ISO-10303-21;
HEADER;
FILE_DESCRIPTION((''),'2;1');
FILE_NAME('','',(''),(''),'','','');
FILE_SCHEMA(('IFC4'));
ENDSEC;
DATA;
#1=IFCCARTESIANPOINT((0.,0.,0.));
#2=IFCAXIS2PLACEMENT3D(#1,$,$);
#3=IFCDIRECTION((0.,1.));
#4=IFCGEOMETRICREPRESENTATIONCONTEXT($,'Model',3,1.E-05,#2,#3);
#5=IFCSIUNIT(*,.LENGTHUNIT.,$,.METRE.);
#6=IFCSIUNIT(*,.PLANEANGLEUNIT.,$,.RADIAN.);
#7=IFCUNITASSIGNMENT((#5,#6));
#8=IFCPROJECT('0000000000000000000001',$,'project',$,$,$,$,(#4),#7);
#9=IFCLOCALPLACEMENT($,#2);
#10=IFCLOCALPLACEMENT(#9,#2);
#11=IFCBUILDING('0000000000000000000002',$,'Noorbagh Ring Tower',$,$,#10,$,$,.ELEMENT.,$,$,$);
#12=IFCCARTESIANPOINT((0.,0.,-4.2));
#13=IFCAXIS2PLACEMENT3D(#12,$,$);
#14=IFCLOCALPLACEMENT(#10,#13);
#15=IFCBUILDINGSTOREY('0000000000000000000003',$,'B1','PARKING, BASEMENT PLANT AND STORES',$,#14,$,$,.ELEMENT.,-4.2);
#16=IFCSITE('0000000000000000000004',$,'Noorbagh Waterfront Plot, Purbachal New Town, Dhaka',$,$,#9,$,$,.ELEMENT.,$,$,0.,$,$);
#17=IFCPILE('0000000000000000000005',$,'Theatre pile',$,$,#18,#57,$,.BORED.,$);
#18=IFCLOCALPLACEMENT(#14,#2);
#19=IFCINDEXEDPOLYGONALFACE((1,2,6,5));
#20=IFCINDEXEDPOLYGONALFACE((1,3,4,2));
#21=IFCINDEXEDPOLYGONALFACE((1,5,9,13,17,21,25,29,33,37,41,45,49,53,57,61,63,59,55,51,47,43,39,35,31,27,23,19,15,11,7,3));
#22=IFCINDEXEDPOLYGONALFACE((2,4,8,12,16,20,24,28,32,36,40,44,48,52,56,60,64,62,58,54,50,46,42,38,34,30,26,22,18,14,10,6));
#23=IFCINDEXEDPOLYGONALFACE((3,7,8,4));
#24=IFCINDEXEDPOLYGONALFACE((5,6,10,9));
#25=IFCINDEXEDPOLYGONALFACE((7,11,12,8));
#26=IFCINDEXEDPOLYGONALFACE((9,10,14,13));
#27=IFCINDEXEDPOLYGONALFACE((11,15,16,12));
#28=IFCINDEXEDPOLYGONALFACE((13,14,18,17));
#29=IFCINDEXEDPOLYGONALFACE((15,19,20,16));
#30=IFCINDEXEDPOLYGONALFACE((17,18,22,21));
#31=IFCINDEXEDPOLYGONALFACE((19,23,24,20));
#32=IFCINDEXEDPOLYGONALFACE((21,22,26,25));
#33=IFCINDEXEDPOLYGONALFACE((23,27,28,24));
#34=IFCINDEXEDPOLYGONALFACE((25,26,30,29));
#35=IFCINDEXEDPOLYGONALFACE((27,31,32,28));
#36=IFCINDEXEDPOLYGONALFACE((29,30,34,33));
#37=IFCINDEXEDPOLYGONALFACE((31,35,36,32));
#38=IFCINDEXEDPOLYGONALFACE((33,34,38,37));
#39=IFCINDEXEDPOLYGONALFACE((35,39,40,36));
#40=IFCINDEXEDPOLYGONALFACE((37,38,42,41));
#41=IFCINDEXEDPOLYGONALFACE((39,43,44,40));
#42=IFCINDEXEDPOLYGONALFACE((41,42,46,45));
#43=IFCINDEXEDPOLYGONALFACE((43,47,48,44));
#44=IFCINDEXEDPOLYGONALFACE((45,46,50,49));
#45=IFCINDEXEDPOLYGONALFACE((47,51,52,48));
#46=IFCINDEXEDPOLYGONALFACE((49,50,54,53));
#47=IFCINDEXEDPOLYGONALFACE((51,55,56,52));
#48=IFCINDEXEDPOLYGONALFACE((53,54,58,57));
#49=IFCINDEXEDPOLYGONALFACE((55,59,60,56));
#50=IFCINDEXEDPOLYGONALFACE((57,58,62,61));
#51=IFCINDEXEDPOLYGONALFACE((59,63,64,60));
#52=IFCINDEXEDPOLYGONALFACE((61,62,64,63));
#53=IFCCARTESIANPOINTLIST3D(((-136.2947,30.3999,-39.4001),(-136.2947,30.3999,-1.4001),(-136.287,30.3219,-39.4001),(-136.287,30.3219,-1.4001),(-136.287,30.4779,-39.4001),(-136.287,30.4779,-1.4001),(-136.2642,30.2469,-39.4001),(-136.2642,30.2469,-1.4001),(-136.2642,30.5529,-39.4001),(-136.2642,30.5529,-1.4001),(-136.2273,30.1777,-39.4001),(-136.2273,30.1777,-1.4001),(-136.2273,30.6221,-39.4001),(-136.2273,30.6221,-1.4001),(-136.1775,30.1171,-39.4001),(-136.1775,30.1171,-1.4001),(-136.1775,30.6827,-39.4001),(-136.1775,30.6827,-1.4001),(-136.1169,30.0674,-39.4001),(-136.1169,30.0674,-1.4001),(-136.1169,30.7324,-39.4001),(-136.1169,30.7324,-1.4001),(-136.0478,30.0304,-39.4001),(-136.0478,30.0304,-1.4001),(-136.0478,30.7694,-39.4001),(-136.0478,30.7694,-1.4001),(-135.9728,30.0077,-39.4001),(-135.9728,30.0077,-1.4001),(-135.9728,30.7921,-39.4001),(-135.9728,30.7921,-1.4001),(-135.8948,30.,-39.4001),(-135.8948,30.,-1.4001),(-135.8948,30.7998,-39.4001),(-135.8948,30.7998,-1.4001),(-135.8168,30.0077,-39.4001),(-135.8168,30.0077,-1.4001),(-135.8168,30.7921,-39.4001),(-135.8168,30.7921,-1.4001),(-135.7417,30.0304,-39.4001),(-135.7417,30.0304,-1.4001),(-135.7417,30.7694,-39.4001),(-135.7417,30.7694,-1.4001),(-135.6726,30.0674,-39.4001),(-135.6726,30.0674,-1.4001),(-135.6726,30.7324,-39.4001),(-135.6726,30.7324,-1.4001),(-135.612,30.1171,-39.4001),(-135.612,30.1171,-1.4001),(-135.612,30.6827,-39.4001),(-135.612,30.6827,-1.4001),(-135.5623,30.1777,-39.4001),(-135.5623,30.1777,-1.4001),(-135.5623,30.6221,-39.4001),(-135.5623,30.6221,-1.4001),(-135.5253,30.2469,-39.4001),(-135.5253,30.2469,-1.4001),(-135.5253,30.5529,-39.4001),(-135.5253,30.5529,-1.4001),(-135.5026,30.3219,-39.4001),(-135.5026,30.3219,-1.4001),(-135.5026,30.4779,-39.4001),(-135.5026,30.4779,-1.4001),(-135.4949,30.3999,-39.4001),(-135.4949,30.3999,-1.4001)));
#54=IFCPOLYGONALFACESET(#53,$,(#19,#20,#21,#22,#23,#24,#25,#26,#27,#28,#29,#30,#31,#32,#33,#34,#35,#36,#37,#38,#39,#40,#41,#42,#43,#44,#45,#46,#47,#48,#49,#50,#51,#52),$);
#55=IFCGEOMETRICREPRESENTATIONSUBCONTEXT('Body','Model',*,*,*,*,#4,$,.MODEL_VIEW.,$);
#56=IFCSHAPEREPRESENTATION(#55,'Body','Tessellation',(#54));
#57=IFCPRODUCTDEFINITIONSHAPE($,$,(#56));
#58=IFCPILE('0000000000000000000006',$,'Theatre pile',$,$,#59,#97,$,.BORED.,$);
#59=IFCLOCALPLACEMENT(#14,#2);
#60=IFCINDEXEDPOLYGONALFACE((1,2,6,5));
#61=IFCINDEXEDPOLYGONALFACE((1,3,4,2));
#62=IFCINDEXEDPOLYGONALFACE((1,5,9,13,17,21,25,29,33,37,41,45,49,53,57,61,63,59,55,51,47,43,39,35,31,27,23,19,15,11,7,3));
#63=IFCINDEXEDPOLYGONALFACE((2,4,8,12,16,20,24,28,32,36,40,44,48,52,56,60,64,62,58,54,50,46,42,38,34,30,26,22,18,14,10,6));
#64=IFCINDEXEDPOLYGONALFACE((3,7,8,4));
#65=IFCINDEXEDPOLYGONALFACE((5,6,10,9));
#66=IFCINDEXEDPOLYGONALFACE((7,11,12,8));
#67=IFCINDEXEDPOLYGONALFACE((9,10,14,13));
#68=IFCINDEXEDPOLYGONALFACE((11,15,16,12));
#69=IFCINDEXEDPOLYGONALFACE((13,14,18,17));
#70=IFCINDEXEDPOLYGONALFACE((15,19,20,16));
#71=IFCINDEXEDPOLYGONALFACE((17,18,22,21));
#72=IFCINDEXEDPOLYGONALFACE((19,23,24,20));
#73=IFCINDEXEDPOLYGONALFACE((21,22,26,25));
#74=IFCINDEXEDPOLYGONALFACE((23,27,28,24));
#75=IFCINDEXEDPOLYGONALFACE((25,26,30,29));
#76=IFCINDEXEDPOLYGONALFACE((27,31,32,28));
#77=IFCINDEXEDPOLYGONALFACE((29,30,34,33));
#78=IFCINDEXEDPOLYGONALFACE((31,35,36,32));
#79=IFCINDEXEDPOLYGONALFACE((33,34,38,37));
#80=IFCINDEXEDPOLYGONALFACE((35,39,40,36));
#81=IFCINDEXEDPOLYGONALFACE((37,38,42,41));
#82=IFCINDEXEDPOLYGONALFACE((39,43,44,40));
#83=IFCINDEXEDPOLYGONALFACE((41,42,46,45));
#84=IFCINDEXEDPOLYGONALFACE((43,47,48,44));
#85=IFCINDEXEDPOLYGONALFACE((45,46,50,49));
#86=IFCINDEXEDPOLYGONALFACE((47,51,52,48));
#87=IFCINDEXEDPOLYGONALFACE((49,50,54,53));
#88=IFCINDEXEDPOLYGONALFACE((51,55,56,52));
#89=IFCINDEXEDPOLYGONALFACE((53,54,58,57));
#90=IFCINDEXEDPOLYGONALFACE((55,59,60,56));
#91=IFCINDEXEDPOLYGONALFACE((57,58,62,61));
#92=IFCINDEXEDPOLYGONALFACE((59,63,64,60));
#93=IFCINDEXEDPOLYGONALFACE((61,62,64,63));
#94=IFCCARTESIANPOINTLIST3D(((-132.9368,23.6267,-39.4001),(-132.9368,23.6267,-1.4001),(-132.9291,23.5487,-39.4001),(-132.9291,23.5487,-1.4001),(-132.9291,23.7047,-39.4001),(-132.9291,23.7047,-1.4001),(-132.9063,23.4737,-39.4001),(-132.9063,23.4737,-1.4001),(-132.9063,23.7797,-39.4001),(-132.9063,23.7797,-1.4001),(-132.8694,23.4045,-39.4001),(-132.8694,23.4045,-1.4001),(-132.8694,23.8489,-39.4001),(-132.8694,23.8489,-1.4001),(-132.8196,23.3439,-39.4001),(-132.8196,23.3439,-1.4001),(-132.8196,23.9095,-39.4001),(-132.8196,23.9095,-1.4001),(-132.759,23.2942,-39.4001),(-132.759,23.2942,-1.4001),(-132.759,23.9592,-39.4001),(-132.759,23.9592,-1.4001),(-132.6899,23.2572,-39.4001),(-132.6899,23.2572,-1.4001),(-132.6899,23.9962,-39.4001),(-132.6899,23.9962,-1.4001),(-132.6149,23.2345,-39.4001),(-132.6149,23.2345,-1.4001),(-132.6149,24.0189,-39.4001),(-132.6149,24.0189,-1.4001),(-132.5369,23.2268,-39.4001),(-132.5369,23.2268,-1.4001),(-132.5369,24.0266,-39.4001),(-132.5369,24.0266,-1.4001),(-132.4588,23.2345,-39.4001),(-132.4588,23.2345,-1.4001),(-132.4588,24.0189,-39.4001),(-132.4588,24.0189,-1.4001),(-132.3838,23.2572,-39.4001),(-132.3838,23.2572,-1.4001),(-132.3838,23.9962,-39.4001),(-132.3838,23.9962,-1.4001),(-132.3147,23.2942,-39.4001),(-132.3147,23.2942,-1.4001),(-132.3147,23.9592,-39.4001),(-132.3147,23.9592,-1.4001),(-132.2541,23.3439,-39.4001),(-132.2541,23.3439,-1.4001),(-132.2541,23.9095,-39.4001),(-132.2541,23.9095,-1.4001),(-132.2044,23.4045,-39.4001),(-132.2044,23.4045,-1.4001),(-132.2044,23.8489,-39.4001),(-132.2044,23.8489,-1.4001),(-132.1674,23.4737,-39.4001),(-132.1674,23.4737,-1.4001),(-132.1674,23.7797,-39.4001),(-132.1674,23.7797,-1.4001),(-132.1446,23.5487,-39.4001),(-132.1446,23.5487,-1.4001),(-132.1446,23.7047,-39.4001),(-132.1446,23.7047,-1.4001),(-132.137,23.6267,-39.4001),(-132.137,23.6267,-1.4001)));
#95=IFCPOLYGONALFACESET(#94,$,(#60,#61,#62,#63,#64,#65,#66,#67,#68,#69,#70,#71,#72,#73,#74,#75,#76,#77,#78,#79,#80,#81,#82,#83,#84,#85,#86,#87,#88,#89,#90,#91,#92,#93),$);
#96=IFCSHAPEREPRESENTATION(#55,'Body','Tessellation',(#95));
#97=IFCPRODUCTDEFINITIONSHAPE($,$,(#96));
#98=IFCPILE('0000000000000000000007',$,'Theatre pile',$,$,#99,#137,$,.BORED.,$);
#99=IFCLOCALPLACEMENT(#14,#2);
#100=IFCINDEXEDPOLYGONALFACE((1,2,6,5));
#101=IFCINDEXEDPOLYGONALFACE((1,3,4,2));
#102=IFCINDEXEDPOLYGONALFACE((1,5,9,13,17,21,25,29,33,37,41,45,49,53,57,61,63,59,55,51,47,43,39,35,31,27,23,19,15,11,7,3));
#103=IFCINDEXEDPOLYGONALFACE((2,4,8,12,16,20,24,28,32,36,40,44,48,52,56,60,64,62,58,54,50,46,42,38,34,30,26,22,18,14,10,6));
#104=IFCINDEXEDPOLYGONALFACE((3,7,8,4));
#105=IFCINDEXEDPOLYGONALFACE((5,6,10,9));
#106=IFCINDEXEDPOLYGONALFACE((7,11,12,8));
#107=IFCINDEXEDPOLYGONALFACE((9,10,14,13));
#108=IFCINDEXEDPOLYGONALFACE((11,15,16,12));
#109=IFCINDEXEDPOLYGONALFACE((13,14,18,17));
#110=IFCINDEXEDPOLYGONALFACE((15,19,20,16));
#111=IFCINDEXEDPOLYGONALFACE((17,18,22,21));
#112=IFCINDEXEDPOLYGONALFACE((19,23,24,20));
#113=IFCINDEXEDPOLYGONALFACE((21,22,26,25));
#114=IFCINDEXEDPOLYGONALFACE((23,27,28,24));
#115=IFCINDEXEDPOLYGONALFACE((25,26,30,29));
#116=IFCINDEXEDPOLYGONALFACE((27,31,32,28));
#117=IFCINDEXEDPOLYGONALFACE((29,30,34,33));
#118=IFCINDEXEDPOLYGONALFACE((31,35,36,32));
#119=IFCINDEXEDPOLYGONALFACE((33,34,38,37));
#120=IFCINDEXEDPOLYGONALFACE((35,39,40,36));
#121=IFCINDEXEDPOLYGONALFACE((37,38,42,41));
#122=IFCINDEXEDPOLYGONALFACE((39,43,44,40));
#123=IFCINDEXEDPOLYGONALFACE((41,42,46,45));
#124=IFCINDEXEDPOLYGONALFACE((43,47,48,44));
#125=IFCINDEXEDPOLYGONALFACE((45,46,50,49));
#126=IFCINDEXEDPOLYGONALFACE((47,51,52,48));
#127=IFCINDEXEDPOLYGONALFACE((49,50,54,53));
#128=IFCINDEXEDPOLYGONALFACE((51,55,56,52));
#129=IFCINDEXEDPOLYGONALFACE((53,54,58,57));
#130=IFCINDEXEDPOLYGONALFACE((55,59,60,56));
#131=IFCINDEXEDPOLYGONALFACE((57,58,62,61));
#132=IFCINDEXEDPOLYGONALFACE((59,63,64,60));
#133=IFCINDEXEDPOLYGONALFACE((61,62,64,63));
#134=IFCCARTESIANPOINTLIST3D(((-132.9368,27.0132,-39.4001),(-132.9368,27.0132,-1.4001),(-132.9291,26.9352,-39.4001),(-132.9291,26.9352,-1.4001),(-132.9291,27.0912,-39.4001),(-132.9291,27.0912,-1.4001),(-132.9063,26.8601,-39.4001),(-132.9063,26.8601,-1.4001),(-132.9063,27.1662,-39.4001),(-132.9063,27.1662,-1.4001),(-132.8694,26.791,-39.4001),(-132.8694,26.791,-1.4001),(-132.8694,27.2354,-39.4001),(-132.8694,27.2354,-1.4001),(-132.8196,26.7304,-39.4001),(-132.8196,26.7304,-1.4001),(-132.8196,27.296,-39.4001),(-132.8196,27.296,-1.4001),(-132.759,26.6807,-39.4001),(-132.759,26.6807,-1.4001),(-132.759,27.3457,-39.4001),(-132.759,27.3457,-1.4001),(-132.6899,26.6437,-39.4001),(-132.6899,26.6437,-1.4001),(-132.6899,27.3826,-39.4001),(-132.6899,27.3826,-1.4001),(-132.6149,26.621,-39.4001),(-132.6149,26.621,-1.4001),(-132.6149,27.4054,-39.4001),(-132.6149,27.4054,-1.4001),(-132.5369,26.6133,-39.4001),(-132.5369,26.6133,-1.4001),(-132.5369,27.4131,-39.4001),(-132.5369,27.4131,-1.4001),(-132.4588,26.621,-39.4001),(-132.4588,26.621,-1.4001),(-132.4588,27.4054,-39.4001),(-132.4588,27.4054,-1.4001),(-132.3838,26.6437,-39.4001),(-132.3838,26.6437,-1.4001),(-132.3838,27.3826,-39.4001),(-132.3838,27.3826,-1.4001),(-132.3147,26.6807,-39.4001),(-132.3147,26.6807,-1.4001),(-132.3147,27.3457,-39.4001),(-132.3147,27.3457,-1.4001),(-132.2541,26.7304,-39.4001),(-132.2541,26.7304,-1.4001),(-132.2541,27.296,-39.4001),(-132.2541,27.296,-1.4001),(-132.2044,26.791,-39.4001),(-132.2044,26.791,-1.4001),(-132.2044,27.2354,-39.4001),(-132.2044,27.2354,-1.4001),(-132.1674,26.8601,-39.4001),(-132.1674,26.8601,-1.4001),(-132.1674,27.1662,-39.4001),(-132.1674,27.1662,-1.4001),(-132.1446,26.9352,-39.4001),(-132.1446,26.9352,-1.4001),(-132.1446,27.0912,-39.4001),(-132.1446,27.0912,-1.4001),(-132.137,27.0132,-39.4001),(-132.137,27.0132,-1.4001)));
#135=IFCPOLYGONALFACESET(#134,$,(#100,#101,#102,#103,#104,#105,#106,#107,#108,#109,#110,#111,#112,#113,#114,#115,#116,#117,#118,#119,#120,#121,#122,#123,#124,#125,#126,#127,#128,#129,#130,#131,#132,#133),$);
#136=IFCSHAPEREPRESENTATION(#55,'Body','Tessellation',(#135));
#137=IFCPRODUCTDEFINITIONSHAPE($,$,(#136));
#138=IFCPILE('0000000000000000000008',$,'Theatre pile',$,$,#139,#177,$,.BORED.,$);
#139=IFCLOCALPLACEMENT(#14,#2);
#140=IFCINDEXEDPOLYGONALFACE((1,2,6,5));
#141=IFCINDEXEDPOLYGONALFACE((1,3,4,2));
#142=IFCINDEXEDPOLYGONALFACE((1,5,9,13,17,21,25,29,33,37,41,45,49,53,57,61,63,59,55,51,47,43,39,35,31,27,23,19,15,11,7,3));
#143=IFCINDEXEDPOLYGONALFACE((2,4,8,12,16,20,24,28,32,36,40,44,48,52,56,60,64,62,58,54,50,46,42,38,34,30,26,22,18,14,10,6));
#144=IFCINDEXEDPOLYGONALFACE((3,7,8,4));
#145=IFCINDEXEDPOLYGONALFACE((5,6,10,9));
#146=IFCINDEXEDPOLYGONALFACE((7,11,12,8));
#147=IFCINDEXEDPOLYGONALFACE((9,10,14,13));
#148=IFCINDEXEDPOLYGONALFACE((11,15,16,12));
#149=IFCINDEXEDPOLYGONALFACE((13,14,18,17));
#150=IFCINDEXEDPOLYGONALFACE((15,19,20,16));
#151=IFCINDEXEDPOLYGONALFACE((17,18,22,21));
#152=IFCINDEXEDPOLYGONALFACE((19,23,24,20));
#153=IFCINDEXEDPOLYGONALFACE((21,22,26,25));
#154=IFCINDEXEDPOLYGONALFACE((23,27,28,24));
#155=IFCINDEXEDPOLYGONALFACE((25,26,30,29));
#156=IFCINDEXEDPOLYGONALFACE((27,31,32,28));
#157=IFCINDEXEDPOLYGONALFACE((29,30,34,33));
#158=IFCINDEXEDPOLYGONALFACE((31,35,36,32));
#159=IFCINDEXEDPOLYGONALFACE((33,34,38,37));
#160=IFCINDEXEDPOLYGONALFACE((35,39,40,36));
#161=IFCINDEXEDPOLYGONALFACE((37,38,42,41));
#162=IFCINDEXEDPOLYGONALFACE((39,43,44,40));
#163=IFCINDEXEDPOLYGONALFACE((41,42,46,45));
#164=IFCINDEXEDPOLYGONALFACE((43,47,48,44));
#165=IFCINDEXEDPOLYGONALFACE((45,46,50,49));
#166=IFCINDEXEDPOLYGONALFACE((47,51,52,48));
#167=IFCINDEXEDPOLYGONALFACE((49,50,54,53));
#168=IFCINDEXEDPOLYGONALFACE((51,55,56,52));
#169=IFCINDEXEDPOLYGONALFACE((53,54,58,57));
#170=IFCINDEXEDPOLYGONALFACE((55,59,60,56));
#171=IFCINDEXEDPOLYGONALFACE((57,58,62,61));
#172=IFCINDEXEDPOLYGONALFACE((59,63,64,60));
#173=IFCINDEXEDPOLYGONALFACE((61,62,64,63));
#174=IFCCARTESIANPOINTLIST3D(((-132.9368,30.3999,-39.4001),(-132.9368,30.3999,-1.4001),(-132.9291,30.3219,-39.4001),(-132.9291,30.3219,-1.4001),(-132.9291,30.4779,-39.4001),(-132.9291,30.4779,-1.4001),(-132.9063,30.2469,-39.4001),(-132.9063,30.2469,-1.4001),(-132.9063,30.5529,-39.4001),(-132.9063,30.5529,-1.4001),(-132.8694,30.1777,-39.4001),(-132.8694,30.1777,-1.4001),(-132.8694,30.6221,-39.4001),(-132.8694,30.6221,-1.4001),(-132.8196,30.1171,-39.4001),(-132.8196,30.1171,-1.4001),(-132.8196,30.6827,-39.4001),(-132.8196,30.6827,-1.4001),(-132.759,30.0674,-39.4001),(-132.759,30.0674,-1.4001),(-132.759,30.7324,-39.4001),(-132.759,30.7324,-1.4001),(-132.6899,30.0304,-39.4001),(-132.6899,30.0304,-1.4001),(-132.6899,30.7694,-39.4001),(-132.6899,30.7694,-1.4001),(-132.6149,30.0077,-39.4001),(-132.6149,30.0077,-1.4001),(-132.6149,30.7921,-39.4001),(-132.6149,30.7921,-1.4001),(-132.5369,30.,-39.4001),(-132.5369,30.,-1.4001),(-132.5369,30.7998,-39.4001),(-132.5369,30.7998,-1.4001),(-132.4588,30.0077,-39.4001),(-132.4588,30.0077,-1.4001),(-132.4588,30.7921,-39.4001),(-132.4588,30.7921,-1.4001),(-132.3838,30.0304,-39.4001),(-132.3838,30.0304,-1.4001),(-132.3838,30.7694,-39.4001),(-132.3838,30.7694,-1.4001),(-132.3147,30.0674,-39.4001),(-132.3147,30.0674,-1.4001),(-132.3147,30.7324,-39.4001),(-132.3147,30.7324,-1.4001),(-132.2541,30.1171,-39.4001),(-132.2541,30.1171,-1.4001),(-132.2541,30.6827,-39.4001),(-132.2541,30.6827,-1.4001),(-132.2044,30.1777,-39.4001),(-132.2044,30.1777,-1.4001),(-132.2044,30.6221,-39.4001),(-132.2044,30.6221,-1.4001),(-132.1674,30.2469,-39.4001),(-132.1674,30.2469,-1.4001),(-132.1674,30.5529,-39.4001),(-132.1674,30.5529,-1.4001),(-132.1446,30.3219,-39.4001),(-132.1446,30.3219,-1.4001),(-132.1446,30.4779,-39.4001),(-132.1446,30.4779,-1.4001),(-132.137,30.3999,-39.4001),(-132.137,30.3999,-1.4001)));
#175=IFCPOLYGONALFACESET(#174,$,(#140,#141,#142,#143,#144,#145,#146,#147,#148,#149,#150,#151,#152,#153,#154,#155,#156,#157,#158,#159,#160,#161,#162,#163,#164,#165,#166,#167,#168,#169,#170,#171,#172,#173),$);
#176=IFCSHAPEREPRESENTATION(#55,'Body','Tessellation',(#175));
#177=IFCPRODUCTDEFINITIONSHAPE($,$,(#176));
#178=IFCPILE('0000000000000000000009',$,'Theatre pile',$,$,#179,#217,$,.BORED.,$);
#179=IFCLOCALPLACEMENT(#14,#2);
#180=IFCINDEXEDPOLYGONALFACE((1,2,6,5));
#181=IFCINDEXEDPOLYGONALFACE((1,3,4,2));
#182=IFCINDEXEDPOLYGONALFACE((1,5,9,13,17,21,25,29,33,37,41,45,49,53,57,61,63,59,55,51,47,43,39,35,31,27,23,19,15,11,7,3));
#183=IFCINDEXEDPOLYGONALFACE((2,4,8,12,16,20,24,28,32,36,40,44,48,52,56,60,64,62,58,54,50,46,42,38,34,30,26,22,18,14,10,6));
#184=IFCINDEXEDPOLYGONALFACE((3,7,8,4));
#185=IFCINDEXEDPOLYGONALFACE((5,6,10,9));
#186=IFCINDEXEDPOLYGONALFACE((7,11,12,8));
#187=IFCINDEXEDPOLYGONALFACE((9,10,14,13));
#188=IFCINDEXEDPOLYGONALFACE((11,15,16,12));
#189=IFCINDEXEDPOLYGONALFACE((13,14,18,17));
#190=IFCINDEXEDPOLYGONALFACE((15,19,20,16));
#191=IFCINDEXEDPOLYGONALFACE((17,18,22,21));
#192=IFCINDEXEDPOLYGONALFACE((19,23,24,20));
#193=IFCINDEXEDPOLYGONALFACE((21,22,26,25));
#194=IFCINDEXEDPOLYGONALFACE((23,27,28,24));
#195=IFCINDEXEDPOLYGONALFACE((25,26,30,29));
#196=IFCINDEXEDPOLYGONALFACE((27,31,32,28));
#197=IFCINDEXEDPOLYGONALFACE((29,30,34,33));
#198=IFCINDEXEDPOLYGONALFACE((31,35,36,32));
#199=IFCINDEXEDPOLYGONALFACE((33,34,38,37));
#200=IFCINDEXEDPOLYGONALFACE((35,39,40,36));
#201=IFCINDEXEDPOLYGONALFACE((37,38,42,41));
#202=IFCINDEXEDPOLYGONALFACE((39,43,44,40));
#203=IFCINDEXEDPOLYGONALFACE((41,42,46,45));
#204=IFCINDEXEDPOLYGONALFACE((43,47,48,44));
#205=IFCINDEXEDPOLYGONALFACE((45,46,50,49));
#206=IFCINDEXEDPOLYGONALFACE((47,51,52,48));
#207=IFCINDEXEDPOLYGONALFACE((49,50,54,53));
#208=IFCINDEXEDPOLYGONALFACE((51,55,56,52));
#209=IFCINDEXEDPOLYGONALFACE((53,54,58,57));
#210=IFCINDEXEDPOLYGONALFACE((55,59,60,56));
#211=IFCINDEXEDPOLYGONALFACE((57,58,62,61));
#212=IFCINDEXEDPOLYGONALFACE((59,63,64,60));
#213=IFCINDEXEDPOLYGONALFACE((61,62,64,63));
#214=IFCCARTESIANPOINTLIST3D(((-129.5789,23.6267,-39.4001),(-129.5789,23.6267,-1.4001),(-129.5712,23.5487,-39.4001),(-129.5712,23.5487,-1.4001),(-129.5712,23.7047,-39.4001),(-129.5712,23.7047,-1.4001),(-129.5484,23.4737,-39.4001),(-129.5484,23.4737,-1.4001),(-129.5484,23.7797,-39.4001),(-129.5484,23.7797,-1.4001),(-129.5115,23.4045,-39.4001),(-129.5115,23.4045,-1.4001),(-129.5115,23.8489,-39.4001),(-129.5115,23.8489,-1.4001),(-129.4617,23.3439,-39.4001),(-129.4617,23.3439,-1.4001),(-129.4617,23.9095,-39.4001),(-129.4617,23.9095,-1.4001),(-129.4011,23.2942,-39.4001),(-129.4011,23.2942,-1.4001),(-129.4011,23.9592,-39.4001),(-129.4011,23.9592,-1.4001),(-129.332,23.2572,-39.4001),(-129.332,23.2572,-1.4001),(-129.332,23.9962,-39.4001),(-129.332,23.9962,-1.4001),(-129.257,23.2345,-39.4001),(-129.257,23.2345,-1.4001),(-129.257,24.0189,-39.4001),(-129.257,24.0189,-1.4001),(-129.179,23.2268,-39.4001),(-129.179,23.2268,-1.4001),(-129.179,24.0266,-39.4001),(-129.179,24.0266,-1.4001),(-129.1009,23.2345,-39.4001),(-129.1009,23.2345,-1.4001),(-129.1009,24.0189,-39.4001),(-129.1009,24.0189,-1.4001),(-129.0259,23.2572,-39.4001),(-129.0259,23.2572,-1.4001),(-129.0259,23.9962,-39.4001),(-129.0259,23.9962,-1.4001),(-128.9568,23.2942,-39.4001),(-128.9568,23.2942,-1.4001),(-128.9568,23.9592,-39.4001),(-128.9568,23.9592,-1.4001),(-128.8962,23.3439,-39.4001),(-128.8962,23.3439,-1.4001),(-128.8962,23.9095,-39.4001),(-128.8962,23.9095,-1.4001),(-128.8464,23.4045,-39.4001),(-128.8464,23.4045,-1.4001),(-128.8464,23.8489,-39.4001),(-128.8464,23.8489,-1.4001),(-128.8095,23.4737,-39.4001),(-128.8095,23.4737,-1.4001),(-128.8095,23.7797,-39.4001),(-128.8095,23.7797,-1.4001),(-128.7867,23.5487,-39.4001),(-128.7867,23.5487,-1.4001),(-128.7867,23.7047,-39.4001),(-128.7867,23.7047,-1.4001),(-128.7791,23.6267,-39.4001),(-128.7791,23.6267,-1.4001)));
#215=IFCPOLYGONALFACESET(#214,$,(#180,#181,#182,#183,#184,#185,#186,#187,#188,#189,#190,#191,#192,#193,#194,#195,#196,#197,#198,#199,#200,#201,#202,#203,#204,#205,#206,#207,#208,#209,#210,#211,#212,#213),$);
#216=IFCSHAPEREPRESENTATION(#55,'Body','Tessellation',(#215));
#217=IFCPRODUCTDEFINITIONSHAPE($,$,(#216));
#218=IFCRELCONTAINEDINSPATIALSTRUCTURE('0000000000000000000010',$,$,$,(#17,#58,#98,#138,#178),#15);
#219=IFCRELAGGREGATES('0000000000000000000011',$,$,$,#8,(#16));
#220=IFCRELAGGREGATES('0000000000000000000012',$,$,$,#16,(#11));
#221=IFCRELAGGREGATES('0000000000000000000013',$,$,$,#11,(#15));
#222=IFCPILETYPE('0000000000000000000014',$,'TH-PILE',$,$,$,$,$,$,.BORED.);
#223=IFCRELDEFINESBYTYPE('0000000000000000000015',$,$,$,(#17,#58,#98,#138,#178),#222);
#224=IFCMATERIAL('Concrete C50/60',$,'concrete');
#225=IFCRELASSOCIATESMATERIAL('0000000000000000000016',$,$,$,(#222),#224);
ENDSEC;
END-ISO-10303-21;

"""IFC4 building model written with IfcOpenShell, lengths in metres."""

from ifc_helpers import new_model, si_unit, direction, frame, origin, origin_2d, place, context, subcontext, project, spatial, circle, extrude, material, material_profile, profile_set, type_object, element, save


model = new_model("IFC4")

# Units and contexts
model_context = context("Model", 3, precision=1e-05, world=origin(), true_north=direction((0.0, 1.0)))
body_context = subcontext(model_context, "Body", "Model", "MODEL_VIEW")
ifc_project = project(units=[si_unit("LENGTHUNIT", "METRE"), si_unit("PLANEANGLEUNIT", "RADIAN")], contexts=[model_context])

# Site, building, storey
site_placement = place(None, origin())
site = spatial("IfcSite", under=ifc_project, at=site_placement, Name="Noorbagh Waterfront Plot, Purbachal New Town, Dhaka", CompositionType="ELEMENT", RefElevation=0.0)
building_placement = place(site_placement, origin())
building = spatial("IfcBuilding", under=site, at=building_placement, Name="Noorbagh Ring Tower", CompositionType="ELEMENT")
storey_placement = place(building_placement, frame((0.0, 0.0, -4.2)))
storey = spatial("IfcBuildingStorey", under=building, at=storey_placement, Name="B1", Description="PARKING, BASEMENT PLANT AND STORES", CompositionType="ELEMENT", Elevation=-4.2)

# Piles
ifc_material_1 = material(Name="Concrete C50/60", Category="concrete")
ifc_material_profile_1 = material_profile(ifc_material_1, circle(Radius=0.3999, at=origin_2d()), Name="PILE800")
ifc_profile_set_1 = profile_set([ifc_material_profile_1], Name="Concrete C50/60")
pile_type = type_object("IfcPileType", Name="TH-PILE", PredefinedType="BORED", material=ifc_profile_set_1)
for number, where, z_axis, x_axis, name in (
    (1, (-135.8948, 30.3999, -1.4001), (0.0, 0.0, -1.0), (1.0, 0.0, 0.0), "Theatre pile"),
    (2, (-132.5369, 23.6267, -1.4001), (0.0, 0.0, -1.0), (1.0, 0.0, 0.0), "Theatre pile"),
    (3, (-132.5369, 27.0132, -1.4001), (0.0, 0.0, -1.0), (1.0, 0.0, 0.0), "Theatre pile"),
    (4, (-132.5369, 30.3999, -1.4001), (0.0, 0.0, -1.0), (1.0, 0.0, 0.0), "Theatre pile"),
    (5, (-129.179, 23.6267, -1.4001), (0.0, 0.0, -1.0), (1.0, 0.0, 0.0), "Theatre pile"),
):
    element("IfcPile", number, at=place(storey_placement, frame(where, z_axis=z_axis, x_axis=x_axis)), inside=storey, type_object=pile_type, Name=name, PredefinedType="BORED", context=body_context, shape_type="SweptSolid", body=[
        extrude(circle(Radius=0.3999, at=origin_2d()), origin(), (0.0, 0.0, 1.0), 38.0),
    ])

save(model, "model.ifc")
